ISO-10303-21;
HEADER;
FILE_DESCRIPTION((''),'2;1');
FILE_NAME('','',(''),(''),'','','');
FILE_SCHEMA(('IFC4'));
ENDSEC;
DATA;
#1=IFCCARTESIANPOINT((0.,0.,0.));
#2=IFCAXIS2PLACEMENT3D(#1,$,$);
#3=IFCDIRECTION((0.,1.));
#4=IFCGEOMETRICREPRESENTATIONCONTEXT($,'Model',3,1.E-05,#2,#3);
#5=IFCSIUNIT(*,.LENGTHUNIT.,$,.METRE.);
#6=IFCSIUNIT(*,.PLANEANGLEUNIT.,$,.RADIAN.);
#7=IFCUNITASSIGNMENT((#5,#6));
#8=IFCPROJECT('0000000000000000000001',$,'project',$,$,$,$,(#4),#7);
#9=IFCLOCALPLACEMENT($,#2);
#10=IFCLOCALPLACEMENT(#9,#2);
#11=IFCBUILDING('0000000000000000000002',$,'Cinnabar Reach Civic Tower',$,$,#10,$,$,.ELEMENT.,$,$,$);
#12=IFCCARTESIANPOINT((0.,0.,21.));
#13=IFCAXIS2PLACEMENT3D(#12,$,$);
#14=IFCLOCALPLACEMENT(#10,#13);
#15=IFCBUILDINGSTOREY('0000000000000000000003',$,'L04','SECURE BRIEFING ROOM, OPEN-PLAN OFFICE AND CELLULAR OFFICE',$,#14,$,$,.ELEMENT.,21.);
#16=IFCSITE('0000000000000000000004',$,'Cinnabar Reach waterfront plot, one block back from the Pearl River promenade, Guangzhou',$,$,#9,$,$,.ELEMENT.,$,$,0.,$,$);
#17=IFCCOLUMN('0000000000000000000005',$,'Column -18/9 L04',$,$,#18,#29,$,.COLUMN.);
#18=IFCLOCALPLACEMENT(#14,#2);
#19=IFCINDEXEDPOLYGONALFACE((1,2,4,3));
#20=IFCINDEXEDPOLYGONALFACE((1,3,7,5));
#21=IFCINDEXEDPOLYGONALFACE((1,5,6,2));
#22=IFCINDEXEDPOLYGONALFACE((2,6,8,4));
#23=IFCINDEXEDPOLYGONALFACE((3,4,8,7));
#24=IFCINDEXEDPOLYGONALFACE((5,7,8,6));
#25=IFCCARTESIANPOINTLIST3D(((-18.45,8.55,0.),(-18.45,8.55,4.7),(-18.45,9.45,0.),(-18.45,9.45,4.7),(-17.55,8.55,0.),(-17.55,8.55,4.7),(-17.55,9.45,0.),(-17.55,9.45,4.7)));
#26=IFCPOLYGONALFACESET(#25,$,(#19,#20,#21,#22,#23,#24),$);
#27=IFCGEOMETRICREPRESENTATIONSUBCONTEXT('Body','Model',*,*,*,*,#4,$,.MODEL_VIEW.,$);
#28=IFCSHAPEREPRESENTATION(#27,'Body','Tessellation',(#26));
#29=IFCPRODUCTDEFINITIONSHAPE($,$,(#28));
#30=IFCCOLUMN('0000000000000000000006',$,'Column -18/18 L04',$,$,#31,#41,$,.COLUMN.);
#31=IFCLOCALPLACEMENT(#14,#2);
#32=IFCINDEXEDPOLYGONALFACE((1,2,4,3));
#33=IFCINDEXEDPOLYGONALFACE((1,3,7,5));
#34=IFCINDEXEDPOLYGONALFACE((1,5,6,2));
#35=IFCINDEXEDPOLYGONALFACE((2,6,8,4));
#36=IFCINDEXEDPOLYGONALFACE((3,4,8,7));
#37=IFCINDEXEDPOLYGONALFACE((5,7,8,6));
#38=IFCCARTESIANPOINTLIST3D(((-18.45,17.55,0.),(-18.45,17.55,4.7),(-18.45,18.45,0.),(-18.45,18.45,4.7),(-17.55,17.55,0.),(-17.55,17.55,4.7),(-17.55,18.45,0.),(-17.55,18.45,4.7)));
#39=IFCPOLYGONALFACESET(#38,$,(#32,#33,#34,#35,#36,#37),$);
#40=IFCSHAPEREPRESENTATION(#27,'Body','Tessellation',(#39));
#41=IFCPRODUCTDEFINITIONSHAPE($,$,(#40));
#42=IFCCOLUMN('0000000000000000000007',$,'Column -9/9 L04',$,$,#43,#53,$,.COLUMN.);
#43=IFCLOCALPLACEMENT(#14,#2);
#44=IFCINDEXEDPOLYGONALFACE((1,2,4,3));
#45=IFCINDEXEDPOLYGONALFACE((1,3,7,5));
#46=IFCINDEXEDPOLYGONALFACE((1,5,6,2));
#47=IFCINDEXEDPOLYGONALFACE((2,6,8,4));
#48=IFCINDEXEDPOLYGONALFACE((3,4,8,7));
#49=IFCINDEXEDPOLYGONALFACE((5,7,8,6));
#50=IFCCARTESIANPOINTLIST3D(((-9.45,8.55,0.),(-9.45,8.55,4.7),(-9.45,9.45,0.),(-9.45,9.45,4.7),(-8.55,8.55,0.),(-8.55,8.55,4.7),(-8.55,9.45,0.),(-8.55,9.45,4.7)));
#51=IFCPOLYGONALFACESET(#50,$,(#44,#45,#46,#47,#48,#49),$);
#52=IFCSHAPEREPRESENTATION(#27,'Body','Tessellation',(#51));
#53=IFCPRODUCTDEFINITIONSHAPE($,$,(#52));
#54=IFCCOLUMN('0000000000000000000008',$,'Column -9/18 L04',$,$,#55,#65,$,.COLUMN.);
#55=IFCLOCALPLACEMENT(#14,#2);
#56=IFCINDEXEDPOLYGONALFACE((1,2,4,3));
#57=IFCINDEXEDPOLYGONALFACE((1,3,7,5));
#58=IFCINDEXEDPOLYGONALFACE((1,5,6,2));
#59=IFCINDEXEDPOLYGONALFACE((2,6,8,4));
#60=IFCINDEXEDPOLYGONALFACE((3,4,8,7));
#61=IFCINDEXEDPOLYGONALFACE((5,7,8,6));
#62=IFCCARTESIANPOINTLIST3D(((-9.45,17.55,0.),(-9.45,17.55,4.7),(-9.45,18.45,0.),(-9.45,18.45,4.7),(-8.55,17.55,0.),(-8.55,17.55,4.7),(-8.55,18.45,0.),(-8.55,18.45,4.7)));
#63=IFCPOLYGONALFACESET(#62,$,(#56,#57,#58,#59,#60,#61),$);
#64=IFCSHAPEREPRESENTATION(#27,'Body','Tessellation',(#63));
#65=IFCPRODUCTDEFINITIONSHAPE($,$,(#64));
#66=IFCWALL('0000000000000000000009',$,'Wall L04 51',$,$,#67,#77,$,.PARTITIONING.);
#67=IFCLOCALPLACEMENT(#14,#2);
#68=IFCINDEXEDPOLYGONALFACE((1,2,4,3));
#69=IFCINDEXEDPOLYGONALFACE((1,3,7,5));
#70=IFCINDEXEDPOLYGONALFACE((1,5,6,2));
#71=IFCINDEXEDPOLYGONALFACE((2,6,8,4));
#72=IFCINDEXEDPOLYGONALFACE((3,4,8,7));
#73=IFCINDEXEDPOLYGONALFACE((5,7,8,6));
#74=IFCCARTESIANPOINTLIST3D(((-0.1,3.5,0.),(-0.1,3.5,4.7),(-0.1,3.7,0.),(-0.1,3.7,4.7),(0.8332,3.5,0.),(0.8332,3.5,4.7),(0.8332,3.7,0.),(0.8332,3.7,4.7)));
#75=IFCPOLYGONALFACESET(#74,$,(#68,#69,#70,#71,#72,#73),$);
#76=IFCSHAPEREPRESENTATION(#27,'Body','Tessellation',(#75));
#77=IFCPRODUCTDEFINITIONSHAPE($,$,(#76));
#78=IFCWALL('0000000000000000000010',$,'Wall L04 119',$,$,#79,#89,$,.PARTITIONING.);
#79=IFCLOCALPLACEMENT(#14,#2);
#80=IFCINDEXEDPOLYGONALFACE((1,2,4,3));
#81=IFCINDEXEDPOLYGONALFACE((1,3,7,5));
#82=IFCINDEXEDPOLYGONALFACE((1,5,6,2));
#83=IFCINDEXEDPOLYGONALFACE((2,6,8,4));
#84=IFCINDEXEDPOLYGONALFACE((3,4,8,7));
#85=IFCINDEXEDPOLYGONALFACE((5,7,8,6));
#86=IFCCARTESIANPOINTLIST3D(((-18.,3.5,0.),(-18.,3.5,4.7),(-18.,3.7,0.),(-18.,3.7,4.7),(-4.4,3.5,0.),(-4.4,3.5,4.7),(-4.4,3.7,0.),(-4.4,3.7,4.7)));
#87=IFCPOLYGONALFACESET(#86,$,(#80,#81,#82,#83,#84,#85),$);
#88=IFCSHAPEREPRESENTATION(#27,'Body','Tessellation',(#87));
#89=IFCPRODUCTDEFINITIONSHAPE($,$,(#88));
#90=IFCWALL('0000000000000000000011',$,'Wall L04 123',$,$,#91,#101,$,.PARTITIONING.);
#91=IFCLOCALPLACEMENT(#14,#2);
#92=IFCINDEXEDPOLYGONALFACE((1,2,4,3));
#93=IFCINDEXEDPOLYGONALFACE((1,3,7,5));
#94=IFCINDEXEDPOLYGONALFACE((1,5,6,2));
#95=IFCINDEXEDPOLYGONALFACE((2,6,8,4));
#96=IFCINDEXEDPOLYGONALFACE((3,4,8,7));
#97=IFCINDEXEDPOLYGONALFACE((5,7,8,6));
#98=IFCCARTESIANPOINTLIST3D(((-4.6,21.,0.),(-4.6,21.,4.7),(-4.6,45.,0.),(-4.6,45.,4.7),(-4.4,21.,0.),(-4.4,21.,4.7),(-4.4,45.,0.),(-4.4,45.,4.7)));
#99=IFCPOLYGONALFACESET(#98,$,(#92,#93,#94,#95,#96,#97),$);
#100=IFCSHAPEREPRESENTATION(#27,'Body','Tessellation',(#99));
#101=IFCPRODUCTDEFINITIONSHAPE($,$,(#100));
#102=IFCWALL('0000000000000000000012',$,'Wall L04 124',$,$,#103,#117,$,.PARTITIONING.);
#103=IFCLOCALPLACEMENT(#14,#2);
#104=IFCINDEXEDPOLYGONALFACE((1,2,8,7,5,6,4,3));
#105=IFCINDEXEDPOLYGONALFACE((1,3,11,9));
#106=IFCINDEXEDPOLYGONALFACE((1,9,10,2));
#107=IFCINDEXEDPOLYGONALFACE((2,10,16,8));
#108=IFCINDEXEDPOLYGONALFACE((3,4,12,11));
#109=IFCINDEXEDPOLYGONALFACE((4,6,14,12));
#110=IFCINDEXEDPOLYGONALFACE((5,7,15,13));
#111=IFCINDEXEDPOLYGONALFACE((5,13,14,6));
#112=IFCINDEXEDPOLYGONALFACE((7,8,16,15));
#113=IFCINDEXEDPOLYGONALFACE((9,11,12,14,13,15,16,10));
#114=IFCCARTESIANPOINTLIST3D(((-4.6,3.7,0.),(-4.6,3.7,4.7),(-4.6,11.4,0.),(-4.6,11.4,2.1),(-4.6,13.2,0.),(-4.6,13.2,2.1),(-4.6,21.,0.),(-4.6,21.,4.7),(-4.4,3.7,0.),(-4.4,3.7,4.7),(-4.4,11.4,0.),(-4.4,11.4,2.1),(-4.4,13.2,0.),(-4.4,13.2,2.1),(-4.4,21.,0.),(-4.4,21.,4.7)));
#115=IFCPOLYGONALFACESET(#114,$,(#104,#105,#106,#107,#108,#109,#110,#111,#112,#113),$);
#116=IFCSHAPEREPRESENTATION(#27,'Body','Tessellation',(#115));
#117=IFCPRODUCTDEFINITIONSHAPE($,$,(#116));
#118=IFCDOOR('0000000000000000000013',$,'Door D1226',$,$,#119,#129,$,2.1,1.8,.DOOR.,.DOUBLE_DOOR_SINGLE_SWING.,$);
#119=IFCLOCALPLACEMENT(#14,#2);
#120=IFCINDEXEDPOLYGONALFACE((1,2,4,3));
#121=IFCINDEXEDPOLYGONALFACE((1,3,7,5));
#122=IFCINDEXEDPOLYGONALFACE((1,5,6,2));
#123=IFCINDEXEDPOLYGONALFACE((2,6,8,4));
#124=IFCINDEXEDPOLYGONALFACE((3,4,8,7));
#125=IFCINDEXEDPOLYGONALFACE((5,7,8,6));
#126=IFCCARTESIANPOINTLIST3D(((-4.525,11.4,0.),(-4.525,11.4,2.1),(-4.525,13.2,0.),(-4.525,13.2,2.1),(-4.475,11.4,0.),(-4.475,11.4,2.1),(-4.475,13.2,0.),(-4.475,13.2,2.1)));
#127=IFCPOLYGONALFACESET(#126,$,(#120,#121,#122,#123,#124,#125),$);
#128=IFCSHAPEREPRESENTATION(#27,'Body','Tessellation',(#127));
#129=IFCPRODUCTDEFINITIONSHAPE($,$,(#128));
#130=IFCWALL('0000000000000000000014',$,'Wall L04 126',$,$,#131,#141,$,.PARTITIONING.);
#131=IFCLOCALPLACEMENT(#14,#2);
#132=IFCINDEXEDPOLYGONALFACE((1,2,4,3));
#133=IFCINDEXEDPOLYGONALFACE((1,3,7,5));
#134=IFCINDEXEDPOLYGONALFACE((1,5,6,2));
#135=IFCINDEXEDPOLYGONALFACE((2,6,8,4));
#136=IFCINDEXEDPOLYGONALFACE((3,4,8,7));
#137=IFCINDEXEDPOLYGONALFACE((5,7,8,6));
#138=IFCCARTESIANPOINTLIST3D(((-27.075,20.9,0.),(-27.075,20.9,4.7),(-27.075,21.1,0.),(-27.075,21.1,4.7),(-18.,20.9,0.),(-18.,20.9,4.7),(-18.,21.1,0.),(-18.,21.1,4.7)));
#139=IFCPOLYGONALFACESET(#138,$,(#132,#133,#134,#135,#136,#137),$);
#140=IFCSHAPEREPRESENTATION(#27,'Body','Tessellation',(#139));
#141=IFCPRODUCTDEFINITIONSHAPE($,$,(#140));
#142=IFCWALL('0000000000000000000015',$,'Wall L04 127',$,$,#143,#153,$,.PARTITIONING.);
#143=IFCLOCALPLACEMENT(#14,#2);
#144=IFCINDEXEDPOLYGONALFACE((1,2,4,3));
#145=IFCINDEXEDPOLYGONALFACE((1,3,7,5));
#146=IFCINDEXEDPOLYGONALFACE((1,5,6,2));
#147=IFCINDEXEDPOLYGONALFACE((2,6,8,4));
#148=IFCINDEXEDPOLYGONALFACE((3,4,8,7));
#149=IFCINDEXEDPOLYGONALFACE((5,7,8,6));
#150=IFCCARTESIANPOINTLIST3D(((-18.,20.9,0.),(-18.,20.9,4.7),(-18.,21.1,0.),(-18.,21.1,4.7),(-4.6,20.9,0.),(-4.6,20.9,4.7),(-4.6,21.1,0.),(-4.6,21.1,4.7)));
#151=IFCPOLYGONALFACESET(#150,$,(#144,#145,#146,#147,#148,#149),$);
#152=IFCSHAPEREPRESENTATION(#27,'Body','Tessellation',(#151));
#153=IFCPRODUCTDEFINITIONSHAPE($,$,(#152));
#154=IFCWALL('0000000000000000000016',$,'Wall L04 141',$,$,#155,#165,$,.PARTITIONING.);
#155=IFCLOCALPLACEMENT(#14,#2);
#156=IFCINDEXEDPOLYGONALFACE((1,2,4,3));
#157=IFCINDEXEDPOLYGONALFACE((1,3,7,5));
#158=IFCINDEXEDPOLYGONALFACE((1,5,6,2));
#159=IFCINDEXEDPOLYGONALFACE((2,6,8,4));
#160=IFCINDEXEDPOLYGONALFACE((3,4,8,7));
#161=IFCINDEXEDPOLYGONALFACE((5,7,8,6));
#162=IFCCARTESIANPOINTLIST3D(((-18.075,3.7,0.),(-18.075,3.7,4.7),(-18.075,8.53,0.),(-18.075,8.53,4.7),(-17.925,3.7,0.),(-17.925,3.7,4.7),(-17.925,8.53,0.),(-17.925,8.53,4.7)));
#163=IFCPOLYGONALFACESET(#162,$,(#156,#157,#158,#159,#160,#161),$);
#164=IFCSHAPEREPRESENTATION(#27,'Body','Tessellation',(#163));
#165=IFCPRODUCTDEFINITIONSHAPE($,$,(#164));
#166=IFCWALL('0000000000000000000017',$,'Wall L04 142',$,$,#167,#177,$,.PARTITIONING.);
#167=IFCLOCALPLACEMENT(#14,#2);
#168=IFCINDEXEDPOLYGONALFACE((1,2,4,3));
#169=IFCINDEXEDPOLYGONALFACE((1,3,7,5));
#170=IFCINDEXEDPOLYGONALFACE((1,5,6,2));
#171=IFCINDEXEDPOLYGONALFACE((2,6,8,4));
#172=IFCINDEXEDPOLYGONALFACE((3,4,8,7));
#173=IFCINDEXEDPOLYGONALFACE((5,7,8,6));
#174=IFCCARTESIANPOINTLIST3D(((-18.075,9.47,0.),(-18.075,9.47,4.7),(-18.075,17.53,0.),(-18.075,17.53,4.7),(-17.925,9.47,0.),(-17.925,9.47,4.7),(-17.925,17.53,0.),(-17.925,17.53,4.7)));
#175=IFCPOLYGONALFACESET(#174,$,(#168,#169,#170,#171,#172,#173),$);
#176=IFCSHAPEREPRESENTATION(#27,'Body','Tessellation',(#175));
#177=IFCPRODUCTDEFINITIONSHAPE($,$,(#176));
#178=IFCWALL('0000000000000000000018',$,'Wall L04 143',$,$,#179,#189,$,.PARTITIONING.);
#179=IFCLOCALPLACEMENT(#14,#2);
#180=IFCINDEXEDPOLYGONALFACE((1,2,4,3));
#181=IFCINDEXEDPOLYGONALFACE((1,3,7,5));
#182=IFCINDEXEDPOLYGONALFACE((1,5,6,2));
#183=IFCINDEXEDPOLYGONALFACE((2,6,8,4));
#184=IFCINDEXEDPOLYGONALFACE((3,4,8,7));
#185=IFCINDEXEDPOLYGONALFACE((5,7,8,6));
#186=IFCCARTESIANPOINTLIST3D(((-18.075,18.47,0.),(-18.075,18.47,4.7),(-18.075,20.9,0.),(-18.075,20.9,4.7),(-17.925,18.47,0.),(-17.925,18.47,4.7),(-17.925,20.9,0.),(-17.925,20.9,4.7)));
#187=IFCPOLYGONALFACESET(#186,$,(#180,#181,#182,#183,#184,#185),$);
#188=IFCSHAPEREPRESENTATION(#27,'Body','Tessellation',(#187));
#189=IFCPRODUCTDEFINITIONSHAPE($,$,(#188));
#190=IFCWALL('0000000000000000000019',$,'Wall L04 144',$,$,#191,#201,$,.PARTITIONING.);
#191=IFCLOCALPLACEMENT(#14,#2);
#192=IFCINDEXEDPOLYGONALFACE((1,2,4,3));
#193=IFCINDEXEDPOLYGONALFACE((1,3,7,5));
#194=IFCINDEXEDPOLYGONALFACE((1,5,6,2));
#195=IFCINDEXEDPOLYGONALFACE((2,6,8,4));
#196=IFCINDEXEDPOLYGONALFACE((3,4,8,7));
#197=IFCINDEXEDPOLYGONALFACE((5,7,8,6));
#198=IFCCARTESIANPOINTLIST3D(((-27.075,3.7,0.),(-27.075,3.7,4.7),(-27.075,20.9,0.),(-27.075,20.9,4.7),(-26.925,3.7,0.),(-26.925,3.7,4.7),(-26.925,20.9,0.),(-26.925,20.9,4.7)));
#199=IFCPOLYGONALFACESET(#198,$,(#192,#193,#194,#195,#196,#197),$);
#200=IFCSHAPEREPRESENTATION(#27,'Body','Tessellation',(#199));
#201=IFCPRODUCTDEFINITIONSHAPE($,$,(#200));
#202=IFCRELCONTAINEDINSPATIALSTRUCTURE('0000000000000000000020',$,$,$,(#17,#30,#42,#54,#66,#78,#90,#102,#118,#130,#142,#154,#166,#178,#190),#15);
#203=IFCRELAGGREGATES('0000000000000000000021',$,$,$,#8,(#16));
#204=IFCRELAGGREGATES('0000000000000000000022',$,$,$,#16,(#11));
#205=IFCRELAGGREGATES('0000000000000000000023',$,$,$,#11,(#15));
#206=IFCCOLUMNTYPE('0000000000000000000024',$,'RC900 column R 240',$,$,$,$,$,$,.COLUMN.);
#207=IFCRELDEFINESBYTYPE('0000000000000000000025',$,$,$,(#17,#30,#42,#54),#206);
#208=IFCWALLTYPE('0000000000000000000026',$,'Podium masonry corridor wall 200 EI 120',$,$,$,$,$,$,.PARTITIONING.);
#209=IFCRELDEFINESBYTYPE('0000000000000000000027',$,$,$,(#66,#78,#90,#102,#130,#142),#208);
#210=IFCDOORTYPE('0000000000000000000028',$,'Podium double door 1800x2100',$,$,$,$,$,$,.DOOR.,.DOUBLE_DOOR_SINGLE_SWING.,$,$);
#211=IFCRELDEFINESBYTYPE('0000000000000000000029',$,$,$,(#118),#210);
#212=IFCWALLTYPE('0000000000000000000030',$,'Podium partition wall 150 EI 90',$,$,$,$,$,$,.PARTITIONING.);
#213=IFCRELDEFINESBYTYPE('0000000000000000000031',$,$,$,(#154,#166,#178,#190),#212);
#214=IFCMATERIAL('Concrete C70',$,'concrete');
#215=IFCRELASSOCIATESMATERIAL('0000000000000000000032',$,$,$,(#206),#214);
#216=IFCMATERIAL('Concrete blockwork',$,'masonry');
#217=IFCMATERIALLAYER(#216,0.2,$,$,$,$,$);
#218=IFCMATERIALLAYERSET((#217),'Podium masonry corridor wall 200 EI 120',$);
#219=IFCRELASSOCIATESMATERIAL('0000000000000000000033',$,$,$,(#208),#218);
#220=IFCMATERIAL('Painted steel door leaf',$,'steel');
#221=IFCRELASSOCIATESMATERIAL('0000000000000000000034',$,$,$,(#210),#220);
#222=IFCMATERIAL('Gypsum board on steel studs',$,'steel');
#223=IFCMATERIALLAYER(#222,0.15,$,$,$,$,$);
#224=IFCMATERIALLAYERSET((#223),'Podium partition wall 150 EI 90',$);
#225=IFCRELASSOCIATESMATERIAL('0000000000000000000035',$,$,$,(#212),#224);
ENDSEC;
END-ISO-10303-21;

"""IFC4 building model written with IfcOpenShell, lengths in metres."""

from ifc_helpers import new_model, si_unit, direction, frame, frame_2d, origin, origin_2d, place, context, subcontext, project, spatial, rectangle, extrude, material, layer, layer_set, material_profile, profile_set, type_object, element, fill, save


model = new_model("IFC4")

# Units and contexts
model_context = context("Model", 3, precision=1e-05, world=origin(), true_north=direction((0.0, 1.0)))
body_context = subcontext(model_context, "Body", "Model", "MODEL_VIEW")
ifc_project = project(units=[si_unit("LENGTHUNIT", "METRE"), si_unit("PLANEANGLEUNIT", "RADIAN")], contexts=[model_context])

# Site, building, storey
site_placement = place(None, origin())
site = spatial("IfcSite", under=ifc_project, at=site_placement, Name="Cinnabar Reach waterfront plot, one block back from the Pearl River promenade, Guangzhou", CompositionType="ELEMENT", RefElevation=0.0)
building_placement = place(site_placement, origin())
building = spatial("IfcBuilding", under=site, at=building_placement, Name="Cinnabar Reach Civic Tower", CompositionType="ELEMENT")
storey_placement = place(building_placement, frame((0.0, 0.0, 21.0)))
storey = spatial("IfcBuildingStorey", under=building, at=storey_placement, Name="L04", Description="SECURE BRIEFING ROOM, OPEN-PLAN OFFICE AND CELLULAR OFFICE", CompositionType="ELEMENT", Elevation=21.0)

# Columns
ifc_material_1 = material(Name="Concrete C70", Category="concrete")
ifc_material_profile = material_profile(ifc_material_1, rectangle(XDim=0.9, YDim=0.9, at=origin_2d()), Name="RC900")
ifc_profile_set = profile_set([ifc_material_profile], Name="Concrete C70")
column_type = type_object("IfcColumnType", Name="RC900 column R 240", PredefinedType="COLUMN", material=ifc_profile_set)
for number, where, z_axis, x_axis, name in (
    (1, (-18.0, 9.0, 0.0), (0.0, 0.0, 1.0), (1.0, 0.0, 0.0), "Column -18/9 L04"),
    (2, (-18.0, 18.0, 0.0), (0.0, 0.0, 1.0), (1.0, 0.0, 0.0), "Column -18/18 L04"),
    (3, (-9.0, 9.0, 0.0), (0.0, 0.0, 1.0), (1.0, 0.0, 0.0), "Column -9/9 L04"),
    (4, (-9.0, 18.0, 0.0), (0.0, 0.0, 1.0), (1.0, 0.0, 0.0), "Column -9/18 L04"),
):
    element("IfcColumn", number, at=place(storey_placement, frame(where, z_axis=z_axis, x_axis=x_axis)), inside=storey, type_object=column_type, Name=name, PredefinedType="COLUMN", context=body_context, shape_type="SweptSolid", body=[
        extrude(rectangle(XDim=0.9, YDim=0.9, at=origin_2d()), origin(), (0.0, 0.0, 1.0), 4.7),
    ])

# Walls
ifc_material_2 = material(Name="Concrete blockwork", Category="masonry")
ifc_layer_1 = layer(ifc_material_2, 0.2)
ifc_layer_set_1 = layer_set([ifc_layer_1], Name="Podium masonry corridor wall 200 EI 120")
wall_type_1 = type_object("IfcWallType", Name="Podium masonry corridor wall 200 EI 120", PredefinedType="PARTITIONING", material=ifc_layer_set_1)
wall_1_placement = place(storey_placement, frame((-0.1, 3.6, 0.0), z_axis=(0.0, 0.0, 1.0), x_axis=(1.0, 0.0, 0.0)))
element("IfcWall", 5, at=wall_1_placement, inside=storey, type_object=wall_type_1, Name="Wall L04 51", PredefinedType="PARTITIONING", context=body_context, shape_type="SweptSolid", body=[
    extrude(rectangle(XDim=0.9331, YDim=0.2, at=frame_2d((0.4666, 0.0))), origin(), (0.0, 0.0, 1.0), 4.7),
])
wall_2_placement = place(storey_placement, frame((-18.0, 3.6, 0.0), z_axis=(0.0, 0.0, 1.0), x_axis=(1.0, 0.0, 0.0)))
element("IfcWall", 6, at=wall_2_placement, inside=storey, type_object=wall_type_1, Name="Wall L04 119", PredefinedType="PARTITIONING", context=body_context, shape_type="SweptSolid", body=[
    extrude(rectangle(XDim=13.6, YDim=0.2, at=frame_2d((6.8, 0.0))), origin(), (0.0, 0.0, 1.0), 4.7),
])
wall_3_placement = place(storey_placement, frame((-4.5, 21.0, 0.0), z_axis=(0.0, 0.0, 1.0), x_axis=(0.0, 1.0, 0.0)))
element("IfcWall", 7, at=wall_3_placement, inside=storey, type_object=wall_type_1, Name="Wall L04 123", PredefinedType="PARTITIONING", context=body_context, shape_type="SweptSolid", body=[
    extrude(rectangle(XDim=24.0, YDim=0.2, at=frame_2d((12.0, 0.0))), origin(), (0.0, 0.0, 1.0), 4.7),
])

# Wall, opening, door
wall_4_placement = place(storey_placement, frame((-4.5, 3.7, 0.0), z_axis=(0.0, 0.0, 1.0), x_axis=(0.0, 1.0, 0.0)))
wall_4 = element("IfcWall", 8, at=wall_4_placement, inside=storey, type_object=wall_type_1, Name="Wall L04 124", PredefinedType="PARTITIONING", context=body_context, shape_type="SweptSolid", body=[
    extrude(rectangle(XDim=17.3, YDim=0.2, at=frame_2d((8.65, 0.0))), origin(), (0.0, 0.0, 1.0), 4.7),
])
opening_placement = place(wall_4_placement, frame((7.7, 0.0, 0.0)))
opening = element("IfcOpeningElement", 9, at=opening_placement, cuts=wall_4, PredefinedType="OPENING", context=body_context, shape_type="SweptSolid", body=[
    extrude(rectangle(XDim=1.8, YDim=2.1, at=frame_2d((0.9, 1.05))), frame((0.0, 0.11, 0.0), z_axis=(0.0, -1.0, 0.0), x_axis=(1.0, 0.0, 0.0)), (0.0, 0.0, 1.0), 0.22),
])
ifc_material_3 = material(Name="Painted steel door leaf", Category="steel")
door_type = type_object("IfcDoorType", Name="Podium double door 1800x2100", OperationType="DOUBLE_DOOR_SINGLE_SWING", PredefinedType="DOOR", material=ifc_material_3)
door_placement = place(opening_placement, origin())
door = element("IfcDoor", 10, at=door_placement, inside=storey, type_object=door_type, Name="Door D1226", OperationType="DOUBLE_DOOR_SINGLE_SWING", OverallHeight=2.1, OverallWidth=1.8, PredefinedType="DOOR", context=body_context, shape_type="SweptSolid", body=[
    extrude(rectangle(XDim=1.8, YDim=2.1, at=frame_2d((0.9, 1.05))), frame((0.0, 0.025, 0.0), z_axis=(0.0, -1.0, 0.0), x_axis=(1.0, 0.0, 0.0)), (0.0, 0.0, 1.0), 0.05),
])
fill(opening, door)

# Walls
wall_5_placement = place(storey_placement, frame((-27.075, 21.0, 0.0), z_axis=(0.0, 0.0, 1.0), x_axis=(1.0, 0.0, 0.0)))
element("IfcWall", 11, at=wall_5_placement, inside=storey, type_object=wall_type_1, Name="Wall L04 126", PredefinedType="PARTITIONING", context=body_context, shape_type="SweptSolid", body=[
    extrude(rectangle(XDim=9.075, YDim=0.2, at=frame_2d((4.5375, 0.0))), origin(), (0.0, 0.0, 1.0), 4.7),
])
wall_6_placement = place(storey_placement, frame((-18.0, 21.0, 0.0), z_axis=(0.0, 0.0, 1.0), x_axis=(1.0, 0.0, 0.0)))
element("IfcWall", 12, at=wall_6_placement, inside=storey, type_object=wall_type_1, Name="Wall L04 127", PredefinedType="PARTITIONING", context=body_context, shape_type="SweptSolid", body=[
    extrude(rectangle(XDim=13.4, YDim=0.2, at=frame_2d((6.7, 0.0))), origin(), (0.0, 0.0, 1.0), 4.7),
])
ifc_material_4 = material(Name="Gypsum board on steel studs", Category="steel")
ifc_layer_2 = layer(ifc_material_4, 0.15)
ifc_layer_set_2 = layer_set([ifc_layer_2], Name="Podium partition wall 150 EI 90")
wall_type_2 = type_object("IfcWallType", Name="Podium partition wall 150 EI 90", PredefinedType="PARTITIONING", material=ifc_layer_set_2)
wall_7_placement = place(storey_placement, frame((-18.0, 3.7, 0.0), z_axis=(0.0, 0.0, 1.0), x_axis=(0.0, 1.0, 0.0)))
element("IfcWall", 13, at=wall_7_placement, inside=storey, type_object=wall_type_2, Name="Wall L04 141", PredefinedType="PARTITIONING", context=body_context, shape_type="SweptSolid", body=[
    extrude(rectangle(XDim=4.83, YDim=0.15, at=frame_2d((2.415, 0.0))), origin(), (0.0, 0.0, 1.0), 4.7),
])
wall_8_placement = place(storey_placement, frame((-18.0, 9.47, 0.0), z_axis=(0.0, 0.0, 1.0), x_axis=(0.0, 1.0, 0.0)))
element("IfcWall", 14, at=wall_8_placement, inside=storey, type_object=wall_type_2, Name="Wall L04 142", PredefinedType="PARTITIONING", context=body_context, shape_type="SweptSolid", body=[
    extrude(rectangle(XDim=8.06, YDim=0.15, at=frame_2d((4.03, 0.0))), origin(), (0.0, 0.0, 1.0), 4.7),
])
wall_9_placement = place(storey_placement, frame((-18.0, 18.47, 0.0), z_axis=(0.0, 0.0, 1.0), x_axis=(0.0, 1.0, 0.0)))
element("IfcWall", 15, at=wall_9_placement, inside=storey, type_object=wall_type_2, Name="Wall L04 143", PredefinedType="PARTITIONING", context=body_context, shape_type="SweptSolid", body=[
    extrude(rectangle(XDim=2.43, YDim=0.15, at=frame_2d((1.215, 0.0))), origin(), (0.0, 0.0, 1.0), 4.7),
])
wall_10_placement = place(storey_placement, frame((-27.0, 3.7, 0.0), z_axis=(0.0, 0.0, 1.0), x_axis=(0.0, 1.0, 0.0)))
element("IfcWall", 16, at=wall_10_placement, inside=storey, type_object=wall_type_2, Name="Wall L04 144", PredefinedType="PARTITIONING", context=body_context, shape_type="SweptSolid", body=[
    extrude(rectangle(XDim=17.2, YDim=0.15, at=frame_2d((8.6, 0.0))), origin(), (0.0, 0.0, 1.0), 4.7),
])

save(model, "model.ifc")
